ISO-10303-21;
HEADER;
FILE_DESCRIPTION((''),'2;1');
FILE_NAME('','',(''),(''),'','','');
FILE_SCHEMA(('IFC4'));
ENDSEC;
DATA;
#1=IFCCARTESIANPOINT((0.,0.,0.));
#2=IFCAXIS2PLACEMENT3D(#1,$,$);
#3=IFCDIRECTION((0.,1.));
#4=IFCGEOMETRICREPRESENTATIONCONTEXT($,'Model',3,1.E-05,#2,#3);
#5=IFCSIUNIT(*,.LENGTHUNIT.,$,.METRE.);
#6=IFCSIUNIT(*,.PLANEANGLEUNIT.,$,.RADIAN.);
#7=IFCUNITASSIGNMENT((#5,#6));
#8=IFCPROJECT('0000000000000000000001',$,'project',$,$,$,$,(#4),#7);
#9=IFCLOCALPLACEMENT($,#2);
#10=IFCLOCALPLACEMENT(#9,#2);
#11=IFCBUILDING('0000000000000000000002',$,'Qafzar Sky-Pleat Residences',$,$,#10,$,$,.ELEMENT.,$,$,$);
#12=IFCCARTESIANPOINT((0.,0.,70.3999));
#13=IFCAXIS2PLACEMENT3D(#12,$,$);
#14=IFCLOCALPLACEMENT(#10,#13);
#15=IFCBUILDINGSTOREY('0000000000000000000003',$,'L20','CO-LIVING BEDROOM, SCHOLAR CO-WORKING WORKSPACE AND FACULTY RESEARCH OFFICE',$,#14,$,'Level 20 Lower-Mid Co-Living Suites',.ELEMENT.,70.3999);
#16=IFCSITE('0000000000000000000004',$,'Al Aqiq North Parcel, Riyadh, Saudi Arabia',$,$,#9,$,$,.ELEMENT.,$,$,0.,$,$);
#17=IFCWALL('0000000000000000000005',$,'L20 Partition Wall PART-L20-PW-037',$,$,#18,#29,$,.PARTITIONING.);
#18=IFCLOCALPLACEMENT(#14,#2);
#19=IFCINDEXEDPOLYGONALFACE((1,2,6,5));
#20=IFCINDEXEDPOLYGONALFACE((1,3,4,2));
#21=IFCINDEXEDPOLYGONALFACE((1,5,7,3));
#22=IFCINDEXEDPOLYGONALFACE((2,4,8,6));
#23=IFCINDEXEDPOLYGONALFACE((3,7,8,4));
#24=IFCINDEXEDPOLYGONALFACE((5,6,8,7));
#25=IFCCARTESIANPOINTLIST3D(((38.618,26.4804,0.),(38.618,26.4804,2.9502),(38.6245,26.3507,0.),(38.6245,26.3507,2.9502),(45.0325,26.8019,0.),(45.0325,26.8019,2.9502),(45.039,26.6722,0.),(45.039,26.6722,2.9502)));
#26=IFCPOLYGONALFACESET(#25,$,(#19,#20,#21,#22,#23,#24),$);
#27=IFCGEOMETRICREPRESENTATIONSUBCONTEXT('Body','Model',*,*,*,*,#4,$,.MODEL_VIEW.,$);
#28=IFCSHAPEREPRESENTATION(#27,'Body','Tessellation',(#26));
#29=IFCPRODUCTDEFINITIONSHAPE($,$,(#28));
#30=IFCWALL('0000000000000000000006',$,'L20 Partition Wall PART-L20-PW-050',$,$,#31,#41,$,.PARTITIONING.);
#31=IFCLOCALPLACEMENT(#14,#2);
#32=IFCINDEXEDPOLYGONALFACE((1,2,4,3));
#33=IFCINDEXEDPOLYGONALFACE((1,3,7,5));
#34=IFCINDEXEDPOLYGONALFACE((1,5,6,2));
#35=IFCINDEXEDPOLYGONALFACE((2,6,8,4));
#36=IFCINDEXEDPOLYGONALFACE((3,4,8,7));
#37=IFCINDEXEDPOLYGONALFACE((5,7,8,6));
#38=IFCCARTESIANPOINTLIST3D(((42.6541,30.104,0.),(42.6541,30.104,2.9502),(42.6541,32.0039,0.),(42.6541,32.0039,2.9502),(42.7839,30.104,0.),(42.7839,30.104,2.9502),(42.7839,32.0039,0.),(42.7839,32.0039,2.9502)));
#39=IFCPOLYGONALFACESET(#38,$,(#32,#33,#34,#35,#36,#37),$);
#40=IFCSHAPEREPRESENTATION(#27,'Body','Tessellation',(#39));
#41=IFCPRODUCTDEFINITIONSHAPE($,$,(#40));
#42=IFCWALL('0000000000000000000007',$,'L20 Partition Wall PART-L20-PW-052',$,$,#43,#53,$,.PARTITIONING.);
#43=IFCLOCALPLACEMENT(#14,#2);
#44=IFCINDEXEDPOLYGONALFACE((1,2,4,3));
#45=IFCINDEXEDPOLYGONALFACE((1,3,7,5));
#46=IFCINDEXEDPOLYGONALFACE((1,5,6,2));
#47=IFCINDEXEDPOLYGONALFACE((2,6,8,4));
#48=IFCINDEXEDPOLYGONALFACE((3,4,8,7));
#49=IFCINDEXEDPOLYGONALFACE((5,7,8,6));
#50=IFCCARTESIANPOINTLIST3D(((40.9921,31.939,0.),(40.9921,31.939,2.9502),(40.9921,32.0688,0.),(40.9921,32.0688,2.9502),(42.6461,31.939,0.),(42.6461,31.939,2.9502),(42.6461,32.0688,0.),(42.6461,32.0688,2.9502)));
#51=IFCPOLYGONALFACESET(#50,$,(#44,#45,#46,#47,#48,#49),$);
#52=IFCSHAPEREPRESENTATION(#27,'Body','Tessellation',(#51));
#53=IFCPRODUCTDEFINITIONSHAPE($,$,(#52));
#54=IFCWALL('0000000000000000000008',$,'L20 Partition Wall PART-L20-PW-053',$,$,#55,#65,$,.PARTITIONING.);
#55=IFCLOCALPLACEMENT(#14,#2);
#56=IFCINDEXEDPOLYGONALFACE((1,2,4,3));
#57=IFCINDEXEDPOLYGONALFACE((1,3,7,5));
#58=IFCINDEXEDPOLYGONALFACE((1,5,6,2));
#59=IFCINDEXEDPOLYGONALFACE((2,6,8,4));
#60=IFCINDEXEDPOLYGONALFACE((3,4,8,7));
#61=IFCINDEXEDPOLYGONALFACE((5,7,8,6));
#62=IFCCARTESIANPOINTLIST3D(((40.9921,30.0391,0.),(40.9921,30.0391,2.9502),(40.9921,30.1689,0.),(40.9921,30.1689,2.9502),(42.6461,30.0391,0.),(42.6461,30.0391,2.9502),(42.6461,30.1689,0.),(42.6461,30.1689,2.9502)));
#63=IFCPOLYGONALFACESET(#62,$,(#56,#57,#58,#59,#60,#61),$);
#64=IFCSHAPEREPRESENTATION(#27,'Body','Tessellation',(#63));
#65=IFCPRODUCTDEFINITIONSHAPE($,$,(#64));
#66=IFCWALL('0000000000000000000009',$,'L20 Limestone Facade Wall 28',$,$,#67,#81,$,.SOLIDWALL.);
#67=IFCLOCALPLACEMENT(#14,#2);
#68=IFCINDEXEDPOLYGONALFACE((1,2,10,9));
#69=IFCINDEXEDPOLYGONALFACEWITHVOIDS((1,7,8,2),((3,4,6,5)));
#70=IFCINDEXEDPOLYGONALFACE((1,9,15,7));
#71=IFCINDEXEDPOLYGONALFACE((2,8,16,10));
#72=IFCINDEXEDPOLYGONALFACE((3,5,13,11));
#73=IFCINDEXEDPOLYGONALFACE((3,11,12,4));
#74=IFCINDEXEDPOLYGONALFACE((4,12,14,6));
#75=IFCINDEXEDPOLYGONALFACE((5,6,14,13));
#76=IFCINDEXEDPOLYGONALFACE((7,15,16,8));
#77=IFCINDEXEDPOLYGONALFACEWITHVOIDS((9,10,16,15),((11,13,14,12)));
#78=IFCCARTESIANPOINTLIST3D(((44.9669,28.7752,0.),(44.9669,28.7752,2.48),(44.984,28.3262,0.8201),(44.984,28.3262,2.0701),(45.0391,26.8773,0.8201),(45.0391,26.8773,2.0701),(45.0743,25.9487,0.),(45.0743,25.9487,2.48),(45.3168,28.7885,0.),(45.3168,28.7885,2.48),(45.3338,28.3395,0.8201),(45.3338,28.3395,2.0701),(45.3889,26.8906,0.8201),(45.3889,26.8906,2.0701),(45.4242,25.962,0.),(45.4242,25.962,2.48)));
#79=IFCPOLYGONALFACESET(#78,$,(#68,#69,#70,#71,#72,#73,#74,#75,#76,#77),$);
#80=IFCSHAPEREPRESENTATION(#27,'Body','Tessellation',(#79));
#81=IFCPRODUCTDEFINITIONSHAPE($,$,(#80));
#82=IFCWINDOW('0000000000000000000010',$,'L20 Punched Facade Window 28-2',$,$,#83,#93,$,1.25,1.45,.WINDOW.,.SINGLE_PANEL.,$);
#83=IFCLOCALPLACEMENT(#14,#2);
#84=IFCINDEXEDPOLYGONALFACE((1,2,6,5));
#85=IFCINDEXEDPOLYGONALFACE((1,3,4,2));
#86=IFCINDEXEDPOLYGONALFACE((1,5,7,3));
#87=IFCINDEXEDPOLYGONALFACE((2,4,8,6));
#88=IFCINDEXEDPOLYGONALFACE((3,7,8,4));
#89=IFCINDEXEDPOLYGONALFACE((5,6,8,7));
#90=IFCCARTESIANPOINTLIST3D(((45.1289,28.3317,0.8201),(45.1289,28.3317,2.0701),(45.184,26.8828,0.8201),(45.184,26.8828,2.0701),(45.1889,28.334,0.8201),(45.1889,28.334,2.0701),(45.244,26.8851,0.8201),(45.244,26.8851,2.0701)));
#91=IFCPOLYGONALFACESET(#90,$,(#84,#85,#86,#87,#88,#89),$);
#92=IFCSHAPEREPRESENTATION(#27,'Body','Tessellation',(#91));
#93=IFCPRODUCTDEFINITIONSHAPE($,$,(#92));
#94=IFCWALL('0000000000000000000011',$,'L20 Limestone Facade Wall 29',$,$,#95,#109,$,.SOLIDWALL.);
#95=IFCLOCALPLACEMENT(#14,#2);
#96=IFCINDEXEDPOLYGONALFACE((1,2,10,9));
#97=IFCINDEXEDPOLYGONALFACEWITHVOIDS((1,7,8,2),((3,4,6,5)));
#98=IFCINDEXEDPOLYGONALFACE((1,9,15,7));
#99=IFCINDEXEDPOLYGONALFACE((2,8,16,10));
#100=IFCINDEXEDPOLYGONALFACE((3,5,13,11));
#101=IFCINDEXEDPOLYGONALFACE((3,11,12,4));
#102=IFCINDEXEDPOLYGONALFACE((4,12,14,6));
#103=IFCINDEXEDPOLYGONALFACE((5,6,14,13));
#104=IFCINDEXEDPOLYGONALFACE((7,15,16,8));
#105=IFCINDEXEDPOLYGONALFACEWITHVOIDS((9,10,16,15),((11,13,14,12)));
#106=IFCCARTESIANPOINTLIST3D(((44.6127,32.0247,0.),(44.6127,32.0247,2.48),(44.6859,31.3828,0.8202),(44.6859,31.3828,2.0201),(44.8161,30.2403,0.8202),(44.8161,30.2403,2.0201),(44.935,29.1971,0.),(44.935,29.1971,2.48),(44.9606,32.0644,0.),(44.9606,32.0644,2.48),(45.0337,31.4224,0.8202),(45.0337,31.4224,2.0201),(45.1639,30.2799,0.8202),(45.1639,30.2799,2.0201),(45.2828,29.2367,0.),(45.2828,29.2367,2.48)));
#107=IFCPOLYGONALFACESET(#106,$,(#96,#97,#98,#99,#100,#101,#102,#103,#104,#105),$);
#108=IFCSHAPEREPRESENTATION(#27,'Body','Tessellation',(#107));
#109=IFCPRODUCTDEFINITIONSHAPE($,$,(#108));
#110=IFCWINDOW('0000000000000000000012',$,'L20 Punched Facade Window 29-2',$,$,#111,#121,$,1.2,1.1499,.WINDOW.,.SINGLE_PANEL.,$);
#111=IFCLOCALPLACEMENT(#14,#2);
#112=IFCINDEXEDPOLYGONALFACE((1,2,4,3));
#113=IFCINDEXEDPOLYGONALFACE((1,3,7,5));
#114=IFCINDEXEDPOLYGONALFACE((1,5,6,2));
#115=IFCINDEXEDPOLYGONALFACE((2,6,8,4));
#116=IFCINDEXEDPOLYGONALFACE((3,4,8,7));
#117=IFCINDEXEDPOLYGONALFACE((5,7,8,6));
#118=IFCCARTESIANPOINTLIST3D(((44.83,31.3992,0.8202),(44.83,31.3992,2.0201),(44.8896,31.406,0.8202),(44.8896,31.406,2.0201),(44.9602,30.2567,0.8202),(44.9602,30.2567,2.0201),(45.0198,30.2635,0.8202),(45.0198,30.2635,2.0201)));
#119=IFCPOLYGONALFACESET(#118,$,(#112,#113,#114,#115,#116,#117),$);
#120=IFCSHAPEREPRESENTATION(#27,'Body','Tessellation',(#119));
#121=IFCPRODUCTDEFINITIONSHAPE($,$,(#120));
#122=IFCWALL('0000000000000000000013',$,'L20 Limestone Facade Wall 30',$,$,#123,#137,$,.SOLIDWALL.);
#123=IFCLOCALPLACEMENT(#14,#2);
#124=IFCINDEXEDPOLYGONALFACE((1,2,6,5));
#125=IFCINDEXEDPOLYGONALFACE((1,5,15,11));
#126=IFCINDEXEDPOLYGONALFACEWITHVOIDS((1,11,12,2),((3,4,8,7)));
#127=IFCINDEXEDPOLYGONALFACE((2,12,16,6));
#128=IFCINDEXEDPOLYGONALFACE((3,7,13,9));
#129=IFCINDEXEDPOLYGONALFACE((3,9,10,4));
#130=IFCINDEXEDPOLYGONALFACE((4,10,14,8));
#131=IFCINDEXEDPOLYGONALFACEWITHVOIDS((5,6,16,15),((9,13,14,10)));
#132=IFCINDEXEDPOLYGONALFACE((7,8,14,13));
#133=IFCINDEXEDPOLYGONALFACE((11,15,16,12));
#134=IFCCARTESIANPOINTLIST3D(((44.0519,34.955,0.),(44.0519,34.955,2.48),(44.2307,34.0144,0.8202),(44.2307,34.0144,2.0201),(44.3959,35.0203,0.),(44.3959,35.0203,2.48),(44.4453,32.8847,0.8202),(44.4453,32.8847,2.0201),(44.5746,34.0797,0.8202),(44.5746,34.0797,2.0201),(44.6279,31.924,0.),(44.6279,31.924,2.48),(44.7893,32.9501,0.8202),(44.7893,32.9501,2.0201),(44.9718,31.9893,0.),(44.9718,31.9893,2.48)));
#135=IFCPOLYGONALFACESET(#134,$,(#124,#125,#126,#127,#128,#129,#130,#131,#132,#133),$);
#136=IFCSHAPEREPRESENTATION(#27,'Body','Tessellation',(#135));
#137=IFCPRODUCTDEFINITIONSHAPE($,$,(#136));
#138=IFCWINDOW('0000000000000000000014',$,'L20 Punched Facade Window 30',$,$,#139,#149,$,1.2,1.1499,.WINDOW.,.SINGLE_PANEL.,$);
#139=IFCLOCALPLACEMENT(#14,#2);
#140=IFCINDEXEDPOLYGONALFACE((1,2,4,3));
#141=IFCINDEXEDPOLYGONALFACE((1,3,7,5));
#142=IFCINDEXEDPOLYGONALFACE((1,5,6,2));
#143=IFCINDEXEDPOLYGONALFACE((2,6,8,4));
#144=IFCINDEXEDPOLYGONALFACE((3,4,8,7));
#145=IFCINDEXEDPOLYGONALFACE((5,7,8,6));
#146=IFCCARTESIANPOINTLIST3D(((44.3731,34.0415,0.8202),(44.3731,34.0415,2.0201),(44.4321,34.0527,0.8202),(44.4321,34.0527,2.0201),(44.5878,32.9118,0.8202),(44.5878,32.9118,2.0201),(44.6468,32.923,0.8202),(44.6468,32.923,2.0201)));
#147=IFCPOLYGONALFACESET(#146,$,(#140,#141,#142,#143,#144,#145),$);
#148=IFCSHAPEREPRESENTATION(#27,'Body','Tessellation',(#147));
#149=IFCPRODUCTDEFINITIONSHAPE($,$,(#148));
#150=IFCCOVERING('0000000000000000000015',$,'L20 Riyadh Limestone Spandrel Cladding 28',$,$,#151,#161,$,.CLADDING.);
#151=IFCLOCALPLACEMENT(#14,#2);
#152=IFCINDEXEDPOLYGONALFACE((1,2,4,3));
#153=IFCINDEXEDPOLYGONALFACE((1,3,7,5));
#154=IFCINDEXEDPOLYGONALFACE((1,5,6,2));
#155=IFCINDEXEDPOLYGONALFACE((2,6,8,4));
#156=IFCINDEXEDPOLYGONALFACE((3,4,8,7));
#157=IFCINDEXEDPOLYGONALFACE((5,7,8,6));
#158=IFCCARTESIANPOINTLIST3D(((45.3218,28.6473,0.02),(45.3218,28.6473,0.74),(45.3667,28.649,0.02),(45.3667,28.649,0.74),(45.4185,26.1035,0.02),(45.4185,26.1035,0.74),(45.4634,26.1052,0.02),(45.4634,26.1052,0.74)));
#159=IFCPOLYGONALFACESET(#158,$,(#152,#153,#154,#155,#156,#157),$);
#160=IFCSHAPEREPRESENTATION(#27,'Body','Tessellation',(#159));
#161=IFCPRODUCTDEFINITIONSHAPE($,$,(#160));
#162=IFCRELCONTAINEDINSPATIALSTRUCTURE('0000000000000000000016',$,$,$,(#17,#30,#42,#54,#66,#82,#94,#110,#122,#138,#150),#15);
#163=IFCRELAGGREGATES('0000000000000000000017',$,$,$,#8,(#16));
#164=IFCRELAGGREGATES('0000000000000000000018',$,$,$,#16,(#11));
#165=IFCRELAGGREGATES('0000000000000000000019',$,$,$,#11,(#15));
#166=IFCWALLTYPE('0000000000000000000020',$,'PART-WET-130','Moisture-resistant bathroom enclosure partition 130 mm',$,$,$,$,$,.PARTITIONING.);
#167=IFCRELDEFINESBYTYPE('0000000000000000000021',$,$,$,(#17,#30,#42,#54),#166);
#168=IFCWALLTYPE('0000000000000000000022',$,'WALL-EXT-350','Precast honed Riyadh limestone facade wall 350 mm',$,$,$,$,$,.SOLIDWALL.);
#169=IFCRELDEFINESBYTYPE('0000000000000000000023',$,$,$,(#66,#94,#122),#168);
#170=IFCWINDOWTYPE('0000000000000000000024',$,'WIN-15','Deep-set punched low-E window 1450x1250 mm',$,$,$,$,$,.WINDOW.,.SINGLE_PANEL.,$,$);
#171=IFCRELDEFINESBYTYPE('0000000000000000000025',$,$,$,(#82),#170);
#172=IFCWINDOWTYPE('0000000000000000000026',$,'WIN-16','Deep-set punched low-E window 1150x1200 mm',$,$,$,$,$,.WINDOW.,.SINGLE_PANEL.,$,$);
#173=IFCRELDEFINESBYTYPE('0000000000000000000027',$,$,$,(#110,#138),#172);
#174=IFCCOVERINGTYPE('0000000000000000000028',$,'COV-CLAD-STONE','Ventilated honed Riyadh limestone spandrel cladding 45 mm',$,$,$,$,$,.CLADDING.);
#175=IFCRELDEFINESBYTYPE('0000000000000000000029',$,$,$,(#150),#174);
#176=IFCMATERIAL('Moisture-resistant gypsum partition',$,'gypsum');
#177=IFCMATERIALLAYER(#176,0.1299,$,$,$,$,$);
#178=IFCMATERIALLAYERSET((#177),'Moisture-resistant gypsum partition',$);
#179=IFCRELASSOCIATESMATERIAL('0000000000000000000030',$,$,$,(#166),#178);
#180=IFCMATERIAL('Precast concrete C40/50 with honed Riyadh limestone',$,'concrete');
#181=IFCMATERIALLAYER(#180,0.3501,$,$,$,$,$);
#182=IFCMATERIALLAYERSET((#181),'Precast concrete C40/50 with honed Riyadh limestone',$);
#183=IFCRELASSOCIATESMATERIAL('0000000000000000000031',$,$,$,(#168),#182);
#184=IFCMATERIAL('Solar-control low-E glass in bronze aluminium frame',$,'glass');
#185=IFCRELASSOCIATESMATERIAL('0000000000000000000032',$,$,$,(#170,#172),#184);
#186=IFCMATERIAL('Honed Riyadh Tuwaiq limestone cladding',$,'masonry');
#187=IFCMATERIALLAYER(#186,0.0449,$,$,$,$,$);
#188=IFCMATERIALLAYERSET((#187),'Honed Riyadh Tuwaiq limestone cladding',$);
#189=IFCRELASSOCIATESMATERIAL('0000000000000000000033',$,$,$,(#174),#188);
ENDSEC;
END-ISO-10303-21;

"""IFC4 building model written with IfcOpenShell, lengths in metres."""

from ifc_helpers import new_model, si_unit, direction, frame, frame_2d, origin, origin_2d, place, context, subcontext, project, spatial, rectangle, extrude, source, transform, mapped, material, layer, layer_set, type_object, element, fill, save


model = new_model("IFC4")

# Units and contexts
model_context = context("Model", 3, precision=1e-05, world=origin(), true_north=direction((0.0, 1.0)))
body_context = subcontext(model_context, "Body", "Model", "MODEL_VIEW")
ifc_project = project(units=[si_unit("LENGTHUNIT", "METRE"), si_unit("PLANEANGLEUNIT", "RADIAN")], contexts=[model_context])

# Site, building, storey
site_placement = place(None, origin())
site = spatial("IfcSite", under=ifc_project, at=site_placement, Name="Al Aqiq North Parcel, Riyadh, Saudi Arabia", CompositionType="ELEMENT", RefElevation=0.0)
building_placement = place(site_placement, origin())
building = spatial("IfcBuilding", under=site, at=building_placement, Name="Qafzar Sky-Pleat Residences", CompositionType="ELEMENT")
storey_placement = place(building_placement, frame((0.0, 0.0, 70.3999)))
storey = spatial("IfcBuildingStorey", under=building, at=storey_placement, Name="L20", Description="CO-LIVING BEDROOM, SCHOLAR CO-WORKING WORKSPACE AND FACULTY RESEARCH OFFICE", LongName="Level 20 Lower-Mid Co-Living Suites", CompositionType="ELEMENT", Elevation=70.3999)

# Shared definitions
ifc_material_1 = material(Name="Moisture-resistant gypsum partition", Category="gypsum")
ifc_layer_1 = layer(ifc_material_1, 0.1299)
ifc_layer_set_1 = layer_set([ifc_layer_1], Name="Moisture-resistant gypsum partition")
wall_type_1 = type_object("IfcWallType", Name="PART-WET-130", Description="Moisture-resistant bathroom enclosure partition 130 mm", PredefinedType="PARTITIONING", material=ifc_layer_set_1)

# Walls
wall_1_placement = place(storey_placement, frame((38.6211, 26.4155, 0.0), z_axis=(0.0, 0.0, 1.0), x_axis=(0.998746, 0.050063, 0.0)))
element("IfcWall", 1, at=wall_1_placement, inside=storey, type_object=wall_type_1, Name="L20 Partition Wall PART-L20-PW-037", PredefinedType="PARTITIONING", context=body_context, shape_type="SweptSolid", body=[
    extrude(rectangle(XDim=6.4226, YDim=0.1299, at=frame_2d((3.2114, 0.0))), origin(), (0.0, 0.0, 1.0), 2.9502),
])
wall_2_placement = place(storey_placement, frame((42.719, 30.104, 0.0), z_axis=(0.0, 0.0, 1.0), x_axis=(0.0, 1.0, 0.0)))
element("IfcWall", 2, at=wall_2_placement, inside=storey, type_object=wall_type_1, Name="L20 Partition Wall PART-L20-PW-050", PredefinedType="PARTITIONING", context=body_context, shape_type="SweptSolid", body=[
    extrude(rectangle(XDim=1.8999, YDim=0.1299, at=frame_2d((0.95, 0.0))), origin(), (0.0, 0.0, 1.0), 2.9502),
])
for number, where, z_axis, x_axis, name in (
    (3, (40.9919, 32.0039, 0.0), (0.0, 0.0, 1.0), (1.0, 0.0, 0.0), "L20 Partition Wall PART-L20-PW-052"),
    (4, (40.9919, 30.104, 0.0), (0.0, 0.0, 1.0), (1.0, 0.0, 0.0), "L20 Partition Wall PART-L20-PW-053"),
):
    element("IfcWall", number, at=place(storey_placement, frame(where, z_axis=z_axis, x_axis=x_axis)), inside=storey, type_object=wall_type_1, Name=name, PredefinedType="PARTITIONING", context=body_context, shape_type="SweptSolid", body=[
        extrude(rectangle(XDim=1.6541, YDim=0.1299, at=frame_2d((0.8271, 0.0))), origin(), (0.0, 0.0, 1.0), 2.9502),
    ])

# Walls, openings, windows
ifc_material_2 = material(Name="Precast concrete C40/50 with honed Riyadh limestone", Category="concrete")
ifc_layer_2 = layer(ifc_material_2, 0.3501)
ifc_layer_set_2 = layer_set([ifc_layer_2], Name="Precast concrete C40/50 with honed Riyadh limestone")
wall_type_2 = type_object("IfcWallType", Name="WALL-EXT-350", Description="Precast honed Riyadh limestone facade wall 350 mm", PredefinedType="SOLIDWALL", material=ifc_layer_set_2)
wall_3_placement = place(storey_placement, frame((45.2493, 25.9553, 0.0), z_axis=(0.0, 0.0, 1.0), x_axis=(-0.037976, 0.999279, 0.0)))
wall_3 = element("IfcWall", 5, at=wall_3_placement, inside=storey, type_object=wall_type_2, Name="L20 Limestone Facade Wall 28", PredefinedType="SOLIDWALL", context=body_context, shape_type="SweptSolid", body=[
    extrude(rectangle(XDim=2.8286, YDim=0.3501, at=frame_2d((1.4143, 0.0))), origin(), (0.0, 0.0, 1.0), 2.48),
])
opening_1_placement = place(wall_3_placement, frame((0.9292, 0.0, 0.8201)))
opening_1 = element("IfcOpeningElement", 6, at=opening_1_placement, cuts=wall_3, PredefinedType="OPENING", context=body_context, shape_type="SweptSolid", body=[
    extrude(rectangle(XDim=1.45, YDim=1.25, at=frame_2d((0.7251, 0.625))), frame((0.0, 0.1851, 0.0), z_axis=(0.0, -1.0, 0.0), x_axis=(1.0, 0.0, 0.0)), (0.0, 0.0, 1.0), 0.3701),
])
ifc_material_3 = material(Name="Solar-control low-E glass in bronze aluminium frame", Category="glass")
window_type_1 = type_object("IfcWindowType", Name="WIN-15", Description="Deep-set punched low-E window 1450x1250 mm", PartitioningType="SINGLE_PANEL", PredefinedType="WINDOW", material=ifc_material_3)
shared_shape_1 = source(origin(), body_context, "Body", "SweptSolid", [
    extrude(rectangle(XDim=1.45, YDim=1.25, at=frame_2d((0.7251, 0.625))), frame((0.0, 0.03, 0.0), z_axis=(0.0, -1.0, 0.0), x_axis=(1.0, 0.0, 0.0)), (0.0, 0.0, 1.0), 0.0601),
])
window_1_placement = place(opening_1_placement, origin())
window_1 = element("IfcWindow", 7, at=window_1_placement, inside=storey, type_object=window_type_1, Name="L20 Punched Facade Window 28-2", OverallHeight=1.25, OverallWidth=1.45, PartitioningType="SINGLE_PANEL", PredefinedType="WINDOW", context=body_context, shape_type="MappedRepresentation", body=[
    mapped(shared_shape_1, transform((0.0, 0.0, 0.0), x_axis=(1.0, 0.0, 0.0), y_axis=(0.0, 1.0, 0.0), z_axis=(0.0, 0.0, 1.0), scale=1.0)),
])
fill(opening_1, window_1)
wall_4_placement = place(storey_placement, frame((45.1089, 29.217, 0.0), z_axis=(0.0, 0.0, 1.0), x_axis=(-0.113237, 0.993568, 0.0)))
wall_4 = element("IfcWall", 8, at=wall_4_placement, inside=storey, type_object=wall_type_2, Name="L20 Limestone Facade Wall 29", PredefinedType="SOLIDWALL", context=body_context, shape_type="SweptSolid", body=[
    extrude(rectangle(XDim=2.8459, YDim=0.3501, at=frame_2d((1.4229, 0.0))), origin(), (0.0, 0.0, 1.0), 2.48),
])
opening_2_placement = place(wall_4_placement, frame((1.0498, 0.0, 0.8201)))
opening_2 = element("IfcOpeningElement", 9, at=opening_2_placement, cuts=wall_4, PredefinedType="OPENING", context=body_context, shape_type="SweptSolid", body=[
    extrude(rectangle(XDim=1.1499, YDim=1.2, at=frame_2d((0.575, 0.6001))), frame((0.0, 0.1851, 0.0), z_axis=(0.0, -1.0, 0.0), x_axis=(1.0, 0.0, 0.0)), (0.0, 0.0, 1.0), 0.3701),
])
window_type_2 = type_object("IfcWindowType", Name="WIN-16", Description="Deep-set punched low-E window 1150x1200 mm", PartitioningType="SINGLE_PANEL", PredefinedType="WINDOW", material=ifc_material_3)
shared_shape_2 = source(origin(), body_context, "Body", "SweptSolid", [
    extrude(rectangle(XDim=1.1499, YDim=1.2, at=frame_2d((0.575, 0.6001))), frame((0.0, 0.03, 0.0), z_axis=(0.0, -1.0, 0.0), x_axis=(1.0, 0.0, 0.0)), (0.0, 0.0, 1.0), 0.0601),
])
window_2_placement = place(opening_2_placement, origin())
window_2 = element("IfcWindow", 10, at=window_2_placement, inside=storey, type_object=window_type_2, Name="L20 Punched Facade Window 29-2", OverallHeight=1.2, OverallWidth=1.1499, PartitioningType="SINGLE_PANEL", PredefinedType="WINDOW", context=body_context, shape_type="MappedRepresentation", body=[
    mapped(shared_shape_2, transform((0.0, 0.0, 0.0), x_axis=(1.0, 0.0, 0.0), y_axis=(0.0, 1.0, 0.0), z_axis=(0.0, 0.0, 1.0), scale=1.0)),
])
fill(opening_2, window_2)
wall_5_placement = place(storey_placement, frame((44.7998, 31.9568, 0.0), z_axis=(0.0, 0.0, 1.0), x_axis=(-0.186672, 0.982422, 0.0)))
wall_5 = element("IfcWall", 11, at=wall_5_placement, inside=storey, type_object=wall_type_2, Name="L20 Limestone Facade Wall 30", PredefinedType="SOLIDWALL", context=body_context, shape_type="SweptSolid", body=[
    extrude(rectangle(XDim=3.0852, YDim=0.3501, at=frame_2d((1.5425, 0.0))), origin(), (0.0, 0.0, 1.0), 2.48),
])
opening_3_placement = place(wall_5_placement, frame((0.9778, 0.0, 0.8201)))
opening_3 = element("IfcOpeningElement", 12, at=opening_3_placement, cuts=wall_5, PredefinedType="OPENING", context=body_context, shape_type="SweptSolid", body=[
    extrude(rectangle(XDim=1.1499, YDim=1.2, at=frame_2d((0.575, 0.6001))), frame((0.0, 0.1851, 0.0), z_axis=(0.0, -1.0, 0.0), x_axis=(1.0, 0.0, 0.0)), (0.0, 0.0, 1.0), 0.3701),
])
window_3_placement = place(opening_3_placement, origin())
window_3 = element("IfcWindow", 13, at=window_3_placement, inside=storey, type_object=window_type_2, Name="L20 Punched Facade Window 30", OverallHeight=1.2, OverallWidth=1.1499, PartitioningType="SINGLE_PANEL", PredefinedType="WINDOW", context=body_context, shape_type="MappedRepresentation", body=[
    mapped(shared_shape_2, transform((0.0, 0.0, 0.0), x_axis=(1.0, 0.0, 0.0), y_axis=(0.0, 1.0, 0.0), z_axis=(0.0, 0.0, 1.0), scale=1.0)),
])
fill(opening_3, window_3)

# Covering
ifc_material_4 = material(Name="Honed Riyadh Tuwaiq limestone cladding", Category="masonry")
ifc_layer_3 = layer(ifc_material_4, 0.0449)
ifc_layer_set_3 = layer_set([ifc_layer_3], Name="Honed Riyadh Tuwaiq limestone cladding")
covering_type = type_object("IfcCoveringType", Name="COV-CLAD-STONE", Description="Ventilated honed Riyadh limestone spandrel cladding 45 mm", PredefinedType="CLADDING", material=ifc_layer_set_3)
shared_shape_3 = source(origin(), body_context, "Body", "SweptSolid", [
    extrude(rectangle(XDim=2.5457, YDim=0.0449, at=origin_2d()), origin(), (0.0, 0.0, 1.0), 0.72),
])
covering_placement = place(storey_placement, frame((45.3926, 27.3762, 0.02), z_axis=(0.0, 0.0, 1.0), x_axis=(-0.03797, 0.999279, 0.0)))
element("IfcCovering", 14, at=covering_placement, inside=storey, type_object=covering_type, Name="L20 Riyadh Limestone Spandrel Cladding 28", PredefinedType="CLADDING", context=body_context, shape_type="MappedRepresentation", body=[
    mapped(shared_shape_3, transform((0.0, 0.0, 0.0), x_axis=(1.0, 0.0, 0.0), y_axis=(0.0, 1.0, 0.0), z_axis=(0.0, 0.0, 1.0), scale=1.0)),
])

save(model, "model.ifc")
